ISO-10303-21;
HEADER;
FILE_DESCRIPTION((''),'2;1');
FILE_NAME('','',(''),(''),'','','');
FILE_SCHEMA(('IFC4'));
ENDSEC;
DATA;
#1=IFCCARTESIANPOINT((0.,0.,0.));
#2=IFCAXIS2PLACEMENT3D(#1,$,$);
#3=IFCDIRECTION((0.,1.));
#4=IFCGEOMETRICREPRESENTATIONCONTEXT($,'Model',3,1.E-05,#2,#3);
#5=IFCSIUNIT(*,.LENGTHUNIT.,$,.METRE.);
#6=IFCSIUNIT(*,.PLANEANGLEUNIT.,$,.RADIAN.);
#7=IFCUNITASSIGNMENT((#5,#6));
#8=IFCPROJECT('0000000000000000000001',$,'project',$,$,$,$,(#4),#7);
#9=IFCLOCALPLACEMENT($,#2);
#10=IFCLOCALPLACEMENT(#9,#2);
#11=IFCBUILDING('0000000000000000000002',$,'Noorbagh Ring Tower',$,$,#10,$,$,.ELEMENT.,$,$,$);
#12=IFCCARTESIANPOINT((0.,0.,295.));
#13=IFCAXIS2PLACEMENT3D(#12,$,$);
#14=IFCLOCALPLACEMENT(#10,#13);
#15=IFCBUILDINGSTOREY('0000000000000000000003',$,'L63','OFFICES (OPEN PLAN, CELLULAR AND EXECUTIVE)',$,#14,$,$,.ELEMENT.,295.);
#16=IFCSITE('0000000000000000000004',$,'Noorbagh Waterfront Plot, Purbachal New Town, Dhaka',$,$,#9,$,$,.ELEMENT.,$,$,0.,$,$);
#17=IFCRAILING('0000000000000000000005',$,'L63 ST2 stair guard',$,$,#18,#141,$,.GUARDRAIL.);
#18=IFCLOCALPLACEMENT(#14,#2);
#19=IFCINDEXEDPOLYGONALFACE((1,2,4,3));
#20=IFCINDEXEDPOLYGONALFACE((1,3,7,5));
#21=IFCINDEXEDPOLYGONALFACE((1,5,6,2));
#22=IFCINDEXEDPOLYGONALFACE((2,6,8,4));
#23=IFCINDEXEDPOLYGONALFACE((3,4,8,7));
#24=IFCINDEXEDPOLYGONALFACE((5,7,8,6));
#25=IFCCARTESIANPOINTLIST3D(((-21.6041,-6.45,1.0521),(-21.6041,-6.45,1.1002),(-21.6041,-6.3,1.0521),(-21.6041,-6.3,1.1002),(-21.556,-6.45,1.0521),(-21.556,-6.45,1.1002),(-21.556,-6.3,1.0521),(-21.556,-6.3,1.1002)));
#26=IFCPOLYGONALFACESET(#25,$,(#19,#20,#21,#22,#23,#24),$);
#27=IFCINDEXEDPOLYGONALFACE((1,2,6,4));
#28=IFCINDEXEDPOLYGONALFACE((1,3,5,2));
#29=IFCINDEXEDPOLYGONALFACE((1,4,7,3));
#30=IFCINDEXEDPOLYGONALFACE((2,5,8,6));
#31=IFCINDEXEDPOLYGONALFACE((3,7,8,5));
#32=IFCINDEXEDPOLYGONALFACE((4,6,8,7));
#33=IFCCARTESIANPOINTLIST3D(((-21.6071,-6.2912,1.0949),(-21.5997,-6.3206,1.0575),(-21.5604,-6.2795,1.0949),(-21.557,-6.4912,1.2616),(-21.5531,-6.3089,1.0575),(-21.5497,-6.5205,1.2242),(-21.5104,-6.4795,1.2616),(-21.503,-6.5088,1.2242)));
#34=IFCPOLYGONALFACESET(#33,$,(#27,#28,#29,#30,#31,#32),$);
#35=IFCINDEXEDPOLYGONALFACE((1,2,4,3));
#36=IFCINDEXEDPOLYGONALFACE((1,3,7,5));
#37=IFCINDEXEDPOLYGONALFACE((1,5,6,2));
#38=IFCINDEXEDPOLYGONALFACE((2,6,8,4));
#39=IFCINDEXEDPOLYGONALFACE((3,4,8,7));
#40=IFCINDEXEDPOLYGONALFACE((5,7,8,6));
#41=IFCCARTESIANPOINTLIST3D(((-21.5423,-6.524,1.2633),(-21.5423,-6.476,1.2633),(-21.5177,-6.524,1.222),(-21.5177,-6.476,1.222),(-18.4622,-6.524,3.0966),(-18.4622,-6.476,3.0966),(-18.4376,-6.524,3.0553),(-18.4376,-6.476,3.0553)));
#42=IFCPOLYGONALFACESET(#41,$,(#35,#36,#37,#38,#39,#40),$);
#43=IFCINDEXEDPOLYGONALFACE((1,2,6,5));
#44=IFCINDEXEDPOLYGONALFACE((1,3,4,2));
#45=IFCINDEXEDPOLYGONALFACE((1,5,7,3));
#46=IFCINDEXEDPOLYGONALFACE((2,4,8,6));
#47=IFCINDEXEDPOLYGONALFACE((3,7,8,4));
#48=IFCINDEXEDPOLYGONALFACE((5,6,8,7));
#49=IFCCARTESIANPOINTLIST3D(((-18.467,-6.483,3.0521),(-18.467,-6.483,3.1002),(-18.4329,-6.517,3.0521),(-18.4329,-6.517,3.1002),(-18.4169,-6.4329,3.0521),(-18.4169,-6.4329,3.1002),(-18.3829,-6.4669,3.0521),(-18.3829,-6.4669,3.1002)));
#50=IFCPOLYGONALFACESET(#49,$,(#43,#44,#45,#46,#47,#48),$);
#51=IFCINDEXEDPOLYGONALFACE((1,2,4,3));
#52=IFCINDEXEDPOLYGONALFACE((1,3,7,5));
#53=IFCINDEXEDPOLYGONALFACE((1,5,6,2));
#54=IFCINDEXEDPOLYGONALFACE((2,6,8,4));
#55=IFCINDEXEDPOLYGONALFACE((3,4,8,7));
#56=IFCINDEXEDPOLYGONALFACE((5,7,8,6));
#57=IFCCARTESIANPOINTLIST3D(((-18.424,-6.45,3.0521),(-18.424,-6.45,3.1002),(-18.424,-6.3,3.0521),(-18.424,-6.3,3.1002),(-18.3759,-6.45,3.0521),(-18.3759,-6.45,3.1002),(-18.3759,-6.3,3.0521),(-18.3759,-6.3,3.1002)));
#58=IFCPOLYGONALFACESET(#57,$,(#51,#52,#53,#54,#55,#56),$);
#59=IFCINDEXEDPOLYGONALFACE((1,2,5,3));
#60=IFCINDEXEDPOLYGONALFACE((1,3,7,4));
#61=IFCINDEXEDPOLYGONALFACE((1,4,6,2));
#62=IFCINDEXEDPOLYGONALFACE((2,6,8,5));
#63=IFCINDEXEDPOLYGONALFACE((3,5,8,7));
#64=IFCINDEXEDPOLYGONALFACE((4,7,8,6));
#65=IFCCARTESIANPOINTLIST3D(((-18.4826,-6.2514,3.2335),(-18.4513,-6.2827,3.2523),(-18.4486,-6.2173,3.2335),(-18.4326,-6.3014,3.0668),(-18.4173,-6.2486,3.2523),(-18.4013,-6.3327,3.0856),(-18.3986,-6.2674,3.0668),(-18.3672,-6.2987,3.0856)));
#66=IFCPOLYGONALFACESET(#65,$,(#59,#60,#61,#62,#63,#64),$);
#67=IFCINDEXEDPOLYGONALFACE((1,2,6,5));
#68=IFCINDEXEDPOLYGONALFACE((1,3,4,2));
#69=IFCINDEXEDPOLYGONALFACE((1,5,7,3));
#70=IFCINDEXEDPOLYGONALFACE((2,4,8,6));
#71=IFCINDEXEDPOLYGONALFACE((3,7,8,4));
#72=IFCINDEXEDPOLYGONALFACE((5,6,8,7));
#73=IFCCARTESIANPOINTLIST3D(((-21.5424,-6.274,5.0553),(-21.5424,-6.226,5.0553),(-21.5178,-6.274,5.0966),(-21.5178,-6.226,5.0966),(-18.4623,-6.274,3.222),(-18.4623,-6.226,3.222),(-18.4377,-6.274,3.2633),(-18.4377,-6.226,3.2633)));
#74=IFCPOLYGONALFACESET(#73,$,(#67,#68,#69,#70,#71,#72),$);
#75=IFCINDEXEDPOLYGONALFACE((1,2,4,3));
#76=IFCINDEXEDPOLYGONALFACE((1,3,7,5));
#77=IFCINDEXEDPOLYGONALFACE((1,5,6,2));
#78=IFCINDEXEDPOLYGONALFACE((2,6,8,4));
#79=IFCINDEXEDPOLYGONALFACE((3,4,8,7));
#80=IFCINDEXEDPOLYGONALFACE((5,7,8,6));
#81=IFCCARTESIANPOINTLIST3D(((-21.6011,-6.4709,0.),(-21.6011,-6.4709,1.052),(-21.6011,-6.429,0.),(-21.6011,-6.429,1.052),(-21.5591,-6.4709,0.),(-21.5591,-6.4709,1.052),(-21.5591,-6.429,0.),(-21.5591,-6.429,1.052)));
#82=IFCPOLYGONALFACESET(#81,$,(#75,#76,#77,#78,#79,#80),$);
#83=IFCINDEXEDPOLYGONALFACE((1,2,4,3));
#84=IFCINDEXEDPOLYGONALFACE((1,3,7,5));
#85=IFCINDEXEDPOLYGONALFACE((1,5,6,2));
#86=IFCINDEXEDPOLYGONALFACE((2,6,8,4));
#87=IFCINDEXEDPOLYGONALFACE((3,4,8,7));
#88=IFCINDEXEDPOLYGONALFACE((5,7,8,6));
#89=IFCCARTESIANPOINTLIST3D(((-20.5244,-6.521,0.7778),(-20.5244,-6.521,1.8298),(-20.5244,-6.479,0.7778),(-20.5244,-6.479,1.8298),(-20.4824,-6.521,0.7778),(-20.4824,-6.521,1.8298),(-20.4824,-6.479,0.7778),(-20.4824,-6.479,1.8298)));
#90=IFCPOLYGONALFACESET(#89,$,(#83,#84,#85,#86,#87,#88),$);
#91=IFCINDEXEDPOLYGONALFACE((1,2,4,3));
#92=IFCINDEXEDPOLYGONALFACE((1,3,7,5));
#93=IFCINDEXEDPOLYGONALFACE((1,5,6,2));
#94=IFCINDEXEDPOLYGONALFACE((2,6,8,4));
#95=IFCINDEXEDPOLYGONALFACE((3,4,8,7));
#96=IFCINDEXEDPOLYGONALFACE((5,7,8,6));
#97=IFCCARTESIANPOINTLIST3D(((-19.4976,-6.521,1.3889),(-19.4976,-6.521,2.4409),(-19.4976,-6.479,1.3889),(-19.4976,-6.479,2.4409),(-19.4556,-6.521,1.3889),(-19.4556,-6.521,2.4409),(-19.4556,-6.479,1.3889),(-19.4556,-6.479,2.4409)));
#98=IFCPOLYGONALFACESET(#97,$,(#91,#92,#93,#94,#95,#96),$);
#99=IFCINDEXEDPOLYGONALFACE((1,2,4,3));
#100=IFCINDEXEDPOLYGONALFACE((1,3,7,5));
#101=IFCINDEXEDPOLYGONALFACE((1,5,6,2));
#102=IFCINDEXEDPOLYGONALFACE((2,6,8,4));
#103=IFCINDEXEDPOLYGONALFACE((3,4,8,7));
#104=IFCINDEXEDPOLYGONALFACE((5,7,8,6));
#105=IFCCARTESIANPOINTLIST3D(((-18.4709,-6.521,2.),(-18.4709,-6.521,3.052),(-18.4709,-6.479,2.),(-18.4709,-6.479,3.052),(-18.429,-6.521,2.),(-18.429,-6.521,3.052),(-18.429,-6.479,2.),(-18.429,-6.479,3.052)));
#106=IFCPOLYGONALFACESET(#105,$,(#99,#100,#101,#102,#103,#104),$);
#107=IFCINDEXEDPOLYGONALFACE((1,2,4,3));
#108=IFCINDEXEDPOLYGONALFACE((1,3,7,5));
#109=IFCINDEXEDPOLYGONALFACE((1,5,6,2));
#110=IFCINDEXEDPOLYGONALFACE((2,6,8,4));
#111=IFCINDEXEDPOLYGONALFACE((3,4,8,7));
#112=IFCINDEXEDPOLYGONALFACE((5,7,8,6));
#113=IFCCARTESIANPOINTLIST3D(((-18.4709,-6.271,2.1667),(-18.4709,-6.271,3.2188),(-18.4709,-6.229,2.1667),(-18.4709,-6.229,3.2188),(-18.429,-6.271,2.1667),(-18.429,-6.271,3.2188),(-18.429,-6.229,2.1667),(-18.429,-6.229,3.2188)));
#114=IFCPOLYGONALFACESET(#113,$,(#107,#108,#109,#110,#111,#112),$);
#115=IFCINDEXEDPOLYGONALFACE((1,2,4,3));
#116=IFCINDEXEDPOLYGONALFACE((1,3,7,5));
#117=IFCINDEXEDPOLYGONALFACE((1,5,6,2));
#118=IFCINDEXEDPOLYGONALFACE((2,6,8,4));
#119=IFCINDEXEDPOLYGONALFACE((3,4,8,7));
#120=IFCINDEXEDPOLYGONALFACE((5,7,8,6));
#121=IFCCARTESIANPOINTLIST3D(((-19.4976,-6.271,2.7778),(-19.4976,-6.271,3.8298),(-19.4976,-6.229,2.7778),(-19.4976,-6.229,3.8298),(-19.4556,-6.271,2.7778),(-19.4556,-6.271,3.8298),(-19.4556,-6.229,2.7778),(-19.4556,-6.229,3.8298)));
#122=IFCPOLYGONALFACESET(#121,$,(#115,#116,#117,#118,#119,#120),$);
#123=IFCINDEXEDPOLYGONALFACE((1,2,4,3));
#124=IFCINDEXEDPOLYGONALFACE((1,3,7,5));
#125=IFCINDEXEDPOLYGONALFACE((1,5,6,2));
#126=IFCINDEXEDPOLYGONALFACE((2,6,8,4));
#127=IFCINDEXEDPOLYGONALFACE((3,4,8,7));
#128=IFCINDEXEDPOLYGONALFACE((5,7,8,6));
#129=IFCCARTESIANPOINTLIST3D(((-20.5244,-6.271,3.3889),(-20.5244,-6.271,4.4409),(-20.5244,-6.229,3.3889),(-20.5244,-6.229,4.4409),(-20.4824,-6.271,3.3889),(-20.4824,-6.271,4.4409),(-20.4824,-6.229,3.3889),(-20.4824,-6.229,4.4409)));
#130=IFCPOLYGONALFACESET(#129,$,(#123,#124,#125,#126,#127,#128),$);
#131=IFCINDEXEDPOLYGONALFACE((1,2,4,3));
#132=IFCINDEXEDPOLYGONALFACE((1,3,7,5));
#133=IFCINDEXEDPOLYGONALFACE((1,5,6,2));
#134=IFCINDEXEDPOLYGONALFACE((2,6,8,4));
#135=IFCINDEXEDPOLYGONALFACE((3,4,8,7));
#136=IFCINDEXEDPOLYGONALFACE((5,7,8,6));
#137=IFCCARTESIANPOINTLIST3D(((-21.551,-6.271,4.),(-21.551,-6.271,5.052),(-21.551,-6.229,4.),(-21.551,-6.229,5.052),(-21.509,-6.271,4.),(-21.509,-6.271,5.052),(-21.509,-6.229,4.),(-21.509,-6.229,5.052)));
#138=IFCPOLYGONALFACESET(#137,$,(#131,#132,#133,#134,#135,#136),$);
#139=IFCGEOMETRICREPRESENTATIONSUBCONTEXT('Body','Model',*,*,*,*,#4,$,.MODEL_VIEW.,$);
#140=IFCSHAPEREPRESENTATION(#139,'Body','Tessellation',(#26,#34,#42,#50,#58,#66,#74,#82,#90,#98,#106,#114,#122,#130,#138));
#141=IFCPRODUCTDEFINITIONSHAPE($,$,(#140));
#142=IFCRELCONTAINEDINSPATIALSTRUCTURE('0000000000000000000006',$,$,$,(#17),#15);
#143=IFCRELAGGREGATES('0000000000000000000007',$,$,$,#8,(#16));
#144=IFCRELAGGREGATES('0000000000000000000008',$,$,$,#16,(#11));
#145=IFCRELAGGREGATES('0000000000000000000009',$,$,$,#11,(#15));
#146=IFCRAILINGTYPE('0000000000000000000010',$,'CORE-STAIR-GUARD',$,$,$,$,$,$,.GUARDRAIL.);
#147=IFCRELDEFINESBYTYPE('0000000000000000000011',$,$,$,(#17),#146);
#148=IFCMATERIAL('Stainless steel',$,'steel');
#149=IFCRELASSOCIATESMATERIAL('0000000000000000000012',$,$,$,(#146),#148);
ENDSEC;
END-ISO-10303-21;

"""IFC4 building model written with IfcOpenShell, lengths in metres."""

from ifc_helpers import new_model, si_unit, direction, frame, origin, origin_2d, place, context, subcontext, project, spatial, rectangle, extrude, material, type_object, element, save


model = new_model("IFC4")

# Units and contexts
model_context = context("Model", 3, precision=1e-05, world=origin(), true_north=direction((0.0, 1.0)))
body_context = subcontext(model_context, "Body", "Model", "MODEL_VIEW")
ifc_project = project(units=[si_unit("LENGTHUNIT", "METRE"), si_unit("PLANEANGLEUNIT", "RADIAN")], contexts=[model_context])

# Site, building, storey
site_placement = place(None, origin())
site = spatial("IfcSite", under=ifc_project, at=site_placement, Name="Noorbagh Waterfront Plot, Purbachal New Town, Dhaka", CompositionType="ELEMENT", RefElevation=0.0)
building_placement = place(site_placement, origin())
building = spatial("IfcBuilding", under=site, at=building_placement, Name="Noorbagh Ring Tower", CompositionType="ELEMENT")
storey_placement = place(building_placement, frame((0.0, 0.0, 295.0)))
storey = spatial("IfcBuildingStorey", under=building, at=storey_placement, Name="L63", Description="OFFICES (OPEN PLAN, CELLULAR AND EXECUTIVE)", CompositionType="ELEMENT", Elevation=295.0)

# Railing
ifc_material_1 = material(Name="Stainless steel", Category="steel")
railing_type_1 = type_object("IfcRailingType", Name="CORE-STAIR-GUARD", PredefinedType="GUARDRAIL", material=ifc_material_1)
railing_1_placement = place(storey_placement, frame((-21.5801, -6.45, 0.0)))
element("IfcRailing", 1, at=railing_1_placement, inside=storey, type_object=railing_type_1, Name="L63 ST2 stair guard", PredefinedType="GUARDRAIL", context=body_context, shape_type="SweptSolid", body=[
    extrude(rectangle(XDim=0.0481, YDim=0.0481, at=origin_2d()), frame((0.0, 0.0, 1.0762), z_axis=(0.0, 1.0, 0.0), x_axis=(-1.0, 0.0, 0.0)), (0.0, 0.0, 1.0), 0.1499),
    extrude(rectangle(XDim=0.0481, YDim=0.0481, at=origin_2d()), frame((0.0, 0.1499, 1.0762), z_axis=(0.188776, -0.754182, 0.628946), x_axis=(0.970073, 0.242814, 0.0)), (0.0, 0.0, 1.0), 0.2651),
    extrude(rectangle(XDim=0.0481, YDim=0.0481, at=origin_2d()), frame((0.05, -0.05, 1.2427), z_axis=(0.859309, 0.0, 0.511458), x_axis=(0.0, 1.0, 0.0)), (0.0, 0.0, 1.0), 3.5845),
    extrude(rectangle(XDim=0.0481, YDim=0.0481, at=origin_2d()), frame((3.1301, -0.05, 3.0762), z_axis=(0.707107, 0.707107, 0.0), x_axis=(-0.707107, 0.707107, 0.0)), (0.0, 0.0, 1.0), 0.0708),
    extrude(rectangle(XDim=0.0481, YDim=0.0481, at=origin_2d()), frame((3.1802, 0.0, 3.0762), z_axis=(0.0, 1.0, 0.0), x_axis=(-1.0, 0.0, 0.0)), (0.0, 0.0, 1.0), 0.1499),
    extrude(rectangle(XDim=0.0481, YDim=0.0481, at=origin_2d()), frame((3.1802, 0.1499, 3.0762), z_axis=(-0.276287, 0.276287, 0.920506), x_axis=(-0.707107, -0.707107, 0.0)), (0.0, 0.0, 1.0), 0.1812),
    extrude(rectangle(XDim=0.0481, YDim=0.0481, at=origin_2d()), frame((3.1301, 0.2, 3.2427), z_axis=(-0.859309, 0.0, 0.511458), x_axis=(0.0, -1.0, 0.0)), (0.0, 0.0, 1.0), 3.5845),
    extrude(rectangle(XDim=0.042, YDim=0.042, at=origin_2d()), origin(), (0.0, 0.0, 1.0), 1.052),
    extrude(rectangle(XDim=0.042, YDim=0.042, at=origin_2d()), frame((1.0767, -0.05, 0.7778)), (0.0, 0.0, 1.0), 1.052),
    extrude(rectangle(XDim=0.042, YDim=0.042, at=origin_2d()), frame((2.1035, -0.05, 1.3889)), (0.0, 0.0, 1.0), 1.052),
    extrude(rectangle(XDim=0.042, YDim=0.042, at=origin_2d()), frame((3.1301, -0.05, 2.0)), (0.0, 0.0, 1.0), 1.052),
    extrude(rectangle(XDim=0.042, YDim=0.042, at=origin_2d()), frame((3.1301, 0.2, 2.1667)), (0.0, 0.0, 1.0), 1.052),
    extrude(rectangle(XDim=0.042, YDim=0.042, at=origin_2d()), frame((2.1035, 0.2, 2.7778)), (0.0, 0.0, 1.0), 1.052),
    extrude(rectangle(XDim=0.042, YDim=0.042, at=origin_2d()), frame((1.0767, 0.2, 3.3889)), (0.0, 0.0, 1.0), 1.052),
    extrude(rectangle(XDim=0.042, YDim=0.042, at=origin_2d()), frame((0.05, 0.2, 4.0)), (0.0, 0.0, 1.0), 1.052),
])

save(model, "model.ifc")
